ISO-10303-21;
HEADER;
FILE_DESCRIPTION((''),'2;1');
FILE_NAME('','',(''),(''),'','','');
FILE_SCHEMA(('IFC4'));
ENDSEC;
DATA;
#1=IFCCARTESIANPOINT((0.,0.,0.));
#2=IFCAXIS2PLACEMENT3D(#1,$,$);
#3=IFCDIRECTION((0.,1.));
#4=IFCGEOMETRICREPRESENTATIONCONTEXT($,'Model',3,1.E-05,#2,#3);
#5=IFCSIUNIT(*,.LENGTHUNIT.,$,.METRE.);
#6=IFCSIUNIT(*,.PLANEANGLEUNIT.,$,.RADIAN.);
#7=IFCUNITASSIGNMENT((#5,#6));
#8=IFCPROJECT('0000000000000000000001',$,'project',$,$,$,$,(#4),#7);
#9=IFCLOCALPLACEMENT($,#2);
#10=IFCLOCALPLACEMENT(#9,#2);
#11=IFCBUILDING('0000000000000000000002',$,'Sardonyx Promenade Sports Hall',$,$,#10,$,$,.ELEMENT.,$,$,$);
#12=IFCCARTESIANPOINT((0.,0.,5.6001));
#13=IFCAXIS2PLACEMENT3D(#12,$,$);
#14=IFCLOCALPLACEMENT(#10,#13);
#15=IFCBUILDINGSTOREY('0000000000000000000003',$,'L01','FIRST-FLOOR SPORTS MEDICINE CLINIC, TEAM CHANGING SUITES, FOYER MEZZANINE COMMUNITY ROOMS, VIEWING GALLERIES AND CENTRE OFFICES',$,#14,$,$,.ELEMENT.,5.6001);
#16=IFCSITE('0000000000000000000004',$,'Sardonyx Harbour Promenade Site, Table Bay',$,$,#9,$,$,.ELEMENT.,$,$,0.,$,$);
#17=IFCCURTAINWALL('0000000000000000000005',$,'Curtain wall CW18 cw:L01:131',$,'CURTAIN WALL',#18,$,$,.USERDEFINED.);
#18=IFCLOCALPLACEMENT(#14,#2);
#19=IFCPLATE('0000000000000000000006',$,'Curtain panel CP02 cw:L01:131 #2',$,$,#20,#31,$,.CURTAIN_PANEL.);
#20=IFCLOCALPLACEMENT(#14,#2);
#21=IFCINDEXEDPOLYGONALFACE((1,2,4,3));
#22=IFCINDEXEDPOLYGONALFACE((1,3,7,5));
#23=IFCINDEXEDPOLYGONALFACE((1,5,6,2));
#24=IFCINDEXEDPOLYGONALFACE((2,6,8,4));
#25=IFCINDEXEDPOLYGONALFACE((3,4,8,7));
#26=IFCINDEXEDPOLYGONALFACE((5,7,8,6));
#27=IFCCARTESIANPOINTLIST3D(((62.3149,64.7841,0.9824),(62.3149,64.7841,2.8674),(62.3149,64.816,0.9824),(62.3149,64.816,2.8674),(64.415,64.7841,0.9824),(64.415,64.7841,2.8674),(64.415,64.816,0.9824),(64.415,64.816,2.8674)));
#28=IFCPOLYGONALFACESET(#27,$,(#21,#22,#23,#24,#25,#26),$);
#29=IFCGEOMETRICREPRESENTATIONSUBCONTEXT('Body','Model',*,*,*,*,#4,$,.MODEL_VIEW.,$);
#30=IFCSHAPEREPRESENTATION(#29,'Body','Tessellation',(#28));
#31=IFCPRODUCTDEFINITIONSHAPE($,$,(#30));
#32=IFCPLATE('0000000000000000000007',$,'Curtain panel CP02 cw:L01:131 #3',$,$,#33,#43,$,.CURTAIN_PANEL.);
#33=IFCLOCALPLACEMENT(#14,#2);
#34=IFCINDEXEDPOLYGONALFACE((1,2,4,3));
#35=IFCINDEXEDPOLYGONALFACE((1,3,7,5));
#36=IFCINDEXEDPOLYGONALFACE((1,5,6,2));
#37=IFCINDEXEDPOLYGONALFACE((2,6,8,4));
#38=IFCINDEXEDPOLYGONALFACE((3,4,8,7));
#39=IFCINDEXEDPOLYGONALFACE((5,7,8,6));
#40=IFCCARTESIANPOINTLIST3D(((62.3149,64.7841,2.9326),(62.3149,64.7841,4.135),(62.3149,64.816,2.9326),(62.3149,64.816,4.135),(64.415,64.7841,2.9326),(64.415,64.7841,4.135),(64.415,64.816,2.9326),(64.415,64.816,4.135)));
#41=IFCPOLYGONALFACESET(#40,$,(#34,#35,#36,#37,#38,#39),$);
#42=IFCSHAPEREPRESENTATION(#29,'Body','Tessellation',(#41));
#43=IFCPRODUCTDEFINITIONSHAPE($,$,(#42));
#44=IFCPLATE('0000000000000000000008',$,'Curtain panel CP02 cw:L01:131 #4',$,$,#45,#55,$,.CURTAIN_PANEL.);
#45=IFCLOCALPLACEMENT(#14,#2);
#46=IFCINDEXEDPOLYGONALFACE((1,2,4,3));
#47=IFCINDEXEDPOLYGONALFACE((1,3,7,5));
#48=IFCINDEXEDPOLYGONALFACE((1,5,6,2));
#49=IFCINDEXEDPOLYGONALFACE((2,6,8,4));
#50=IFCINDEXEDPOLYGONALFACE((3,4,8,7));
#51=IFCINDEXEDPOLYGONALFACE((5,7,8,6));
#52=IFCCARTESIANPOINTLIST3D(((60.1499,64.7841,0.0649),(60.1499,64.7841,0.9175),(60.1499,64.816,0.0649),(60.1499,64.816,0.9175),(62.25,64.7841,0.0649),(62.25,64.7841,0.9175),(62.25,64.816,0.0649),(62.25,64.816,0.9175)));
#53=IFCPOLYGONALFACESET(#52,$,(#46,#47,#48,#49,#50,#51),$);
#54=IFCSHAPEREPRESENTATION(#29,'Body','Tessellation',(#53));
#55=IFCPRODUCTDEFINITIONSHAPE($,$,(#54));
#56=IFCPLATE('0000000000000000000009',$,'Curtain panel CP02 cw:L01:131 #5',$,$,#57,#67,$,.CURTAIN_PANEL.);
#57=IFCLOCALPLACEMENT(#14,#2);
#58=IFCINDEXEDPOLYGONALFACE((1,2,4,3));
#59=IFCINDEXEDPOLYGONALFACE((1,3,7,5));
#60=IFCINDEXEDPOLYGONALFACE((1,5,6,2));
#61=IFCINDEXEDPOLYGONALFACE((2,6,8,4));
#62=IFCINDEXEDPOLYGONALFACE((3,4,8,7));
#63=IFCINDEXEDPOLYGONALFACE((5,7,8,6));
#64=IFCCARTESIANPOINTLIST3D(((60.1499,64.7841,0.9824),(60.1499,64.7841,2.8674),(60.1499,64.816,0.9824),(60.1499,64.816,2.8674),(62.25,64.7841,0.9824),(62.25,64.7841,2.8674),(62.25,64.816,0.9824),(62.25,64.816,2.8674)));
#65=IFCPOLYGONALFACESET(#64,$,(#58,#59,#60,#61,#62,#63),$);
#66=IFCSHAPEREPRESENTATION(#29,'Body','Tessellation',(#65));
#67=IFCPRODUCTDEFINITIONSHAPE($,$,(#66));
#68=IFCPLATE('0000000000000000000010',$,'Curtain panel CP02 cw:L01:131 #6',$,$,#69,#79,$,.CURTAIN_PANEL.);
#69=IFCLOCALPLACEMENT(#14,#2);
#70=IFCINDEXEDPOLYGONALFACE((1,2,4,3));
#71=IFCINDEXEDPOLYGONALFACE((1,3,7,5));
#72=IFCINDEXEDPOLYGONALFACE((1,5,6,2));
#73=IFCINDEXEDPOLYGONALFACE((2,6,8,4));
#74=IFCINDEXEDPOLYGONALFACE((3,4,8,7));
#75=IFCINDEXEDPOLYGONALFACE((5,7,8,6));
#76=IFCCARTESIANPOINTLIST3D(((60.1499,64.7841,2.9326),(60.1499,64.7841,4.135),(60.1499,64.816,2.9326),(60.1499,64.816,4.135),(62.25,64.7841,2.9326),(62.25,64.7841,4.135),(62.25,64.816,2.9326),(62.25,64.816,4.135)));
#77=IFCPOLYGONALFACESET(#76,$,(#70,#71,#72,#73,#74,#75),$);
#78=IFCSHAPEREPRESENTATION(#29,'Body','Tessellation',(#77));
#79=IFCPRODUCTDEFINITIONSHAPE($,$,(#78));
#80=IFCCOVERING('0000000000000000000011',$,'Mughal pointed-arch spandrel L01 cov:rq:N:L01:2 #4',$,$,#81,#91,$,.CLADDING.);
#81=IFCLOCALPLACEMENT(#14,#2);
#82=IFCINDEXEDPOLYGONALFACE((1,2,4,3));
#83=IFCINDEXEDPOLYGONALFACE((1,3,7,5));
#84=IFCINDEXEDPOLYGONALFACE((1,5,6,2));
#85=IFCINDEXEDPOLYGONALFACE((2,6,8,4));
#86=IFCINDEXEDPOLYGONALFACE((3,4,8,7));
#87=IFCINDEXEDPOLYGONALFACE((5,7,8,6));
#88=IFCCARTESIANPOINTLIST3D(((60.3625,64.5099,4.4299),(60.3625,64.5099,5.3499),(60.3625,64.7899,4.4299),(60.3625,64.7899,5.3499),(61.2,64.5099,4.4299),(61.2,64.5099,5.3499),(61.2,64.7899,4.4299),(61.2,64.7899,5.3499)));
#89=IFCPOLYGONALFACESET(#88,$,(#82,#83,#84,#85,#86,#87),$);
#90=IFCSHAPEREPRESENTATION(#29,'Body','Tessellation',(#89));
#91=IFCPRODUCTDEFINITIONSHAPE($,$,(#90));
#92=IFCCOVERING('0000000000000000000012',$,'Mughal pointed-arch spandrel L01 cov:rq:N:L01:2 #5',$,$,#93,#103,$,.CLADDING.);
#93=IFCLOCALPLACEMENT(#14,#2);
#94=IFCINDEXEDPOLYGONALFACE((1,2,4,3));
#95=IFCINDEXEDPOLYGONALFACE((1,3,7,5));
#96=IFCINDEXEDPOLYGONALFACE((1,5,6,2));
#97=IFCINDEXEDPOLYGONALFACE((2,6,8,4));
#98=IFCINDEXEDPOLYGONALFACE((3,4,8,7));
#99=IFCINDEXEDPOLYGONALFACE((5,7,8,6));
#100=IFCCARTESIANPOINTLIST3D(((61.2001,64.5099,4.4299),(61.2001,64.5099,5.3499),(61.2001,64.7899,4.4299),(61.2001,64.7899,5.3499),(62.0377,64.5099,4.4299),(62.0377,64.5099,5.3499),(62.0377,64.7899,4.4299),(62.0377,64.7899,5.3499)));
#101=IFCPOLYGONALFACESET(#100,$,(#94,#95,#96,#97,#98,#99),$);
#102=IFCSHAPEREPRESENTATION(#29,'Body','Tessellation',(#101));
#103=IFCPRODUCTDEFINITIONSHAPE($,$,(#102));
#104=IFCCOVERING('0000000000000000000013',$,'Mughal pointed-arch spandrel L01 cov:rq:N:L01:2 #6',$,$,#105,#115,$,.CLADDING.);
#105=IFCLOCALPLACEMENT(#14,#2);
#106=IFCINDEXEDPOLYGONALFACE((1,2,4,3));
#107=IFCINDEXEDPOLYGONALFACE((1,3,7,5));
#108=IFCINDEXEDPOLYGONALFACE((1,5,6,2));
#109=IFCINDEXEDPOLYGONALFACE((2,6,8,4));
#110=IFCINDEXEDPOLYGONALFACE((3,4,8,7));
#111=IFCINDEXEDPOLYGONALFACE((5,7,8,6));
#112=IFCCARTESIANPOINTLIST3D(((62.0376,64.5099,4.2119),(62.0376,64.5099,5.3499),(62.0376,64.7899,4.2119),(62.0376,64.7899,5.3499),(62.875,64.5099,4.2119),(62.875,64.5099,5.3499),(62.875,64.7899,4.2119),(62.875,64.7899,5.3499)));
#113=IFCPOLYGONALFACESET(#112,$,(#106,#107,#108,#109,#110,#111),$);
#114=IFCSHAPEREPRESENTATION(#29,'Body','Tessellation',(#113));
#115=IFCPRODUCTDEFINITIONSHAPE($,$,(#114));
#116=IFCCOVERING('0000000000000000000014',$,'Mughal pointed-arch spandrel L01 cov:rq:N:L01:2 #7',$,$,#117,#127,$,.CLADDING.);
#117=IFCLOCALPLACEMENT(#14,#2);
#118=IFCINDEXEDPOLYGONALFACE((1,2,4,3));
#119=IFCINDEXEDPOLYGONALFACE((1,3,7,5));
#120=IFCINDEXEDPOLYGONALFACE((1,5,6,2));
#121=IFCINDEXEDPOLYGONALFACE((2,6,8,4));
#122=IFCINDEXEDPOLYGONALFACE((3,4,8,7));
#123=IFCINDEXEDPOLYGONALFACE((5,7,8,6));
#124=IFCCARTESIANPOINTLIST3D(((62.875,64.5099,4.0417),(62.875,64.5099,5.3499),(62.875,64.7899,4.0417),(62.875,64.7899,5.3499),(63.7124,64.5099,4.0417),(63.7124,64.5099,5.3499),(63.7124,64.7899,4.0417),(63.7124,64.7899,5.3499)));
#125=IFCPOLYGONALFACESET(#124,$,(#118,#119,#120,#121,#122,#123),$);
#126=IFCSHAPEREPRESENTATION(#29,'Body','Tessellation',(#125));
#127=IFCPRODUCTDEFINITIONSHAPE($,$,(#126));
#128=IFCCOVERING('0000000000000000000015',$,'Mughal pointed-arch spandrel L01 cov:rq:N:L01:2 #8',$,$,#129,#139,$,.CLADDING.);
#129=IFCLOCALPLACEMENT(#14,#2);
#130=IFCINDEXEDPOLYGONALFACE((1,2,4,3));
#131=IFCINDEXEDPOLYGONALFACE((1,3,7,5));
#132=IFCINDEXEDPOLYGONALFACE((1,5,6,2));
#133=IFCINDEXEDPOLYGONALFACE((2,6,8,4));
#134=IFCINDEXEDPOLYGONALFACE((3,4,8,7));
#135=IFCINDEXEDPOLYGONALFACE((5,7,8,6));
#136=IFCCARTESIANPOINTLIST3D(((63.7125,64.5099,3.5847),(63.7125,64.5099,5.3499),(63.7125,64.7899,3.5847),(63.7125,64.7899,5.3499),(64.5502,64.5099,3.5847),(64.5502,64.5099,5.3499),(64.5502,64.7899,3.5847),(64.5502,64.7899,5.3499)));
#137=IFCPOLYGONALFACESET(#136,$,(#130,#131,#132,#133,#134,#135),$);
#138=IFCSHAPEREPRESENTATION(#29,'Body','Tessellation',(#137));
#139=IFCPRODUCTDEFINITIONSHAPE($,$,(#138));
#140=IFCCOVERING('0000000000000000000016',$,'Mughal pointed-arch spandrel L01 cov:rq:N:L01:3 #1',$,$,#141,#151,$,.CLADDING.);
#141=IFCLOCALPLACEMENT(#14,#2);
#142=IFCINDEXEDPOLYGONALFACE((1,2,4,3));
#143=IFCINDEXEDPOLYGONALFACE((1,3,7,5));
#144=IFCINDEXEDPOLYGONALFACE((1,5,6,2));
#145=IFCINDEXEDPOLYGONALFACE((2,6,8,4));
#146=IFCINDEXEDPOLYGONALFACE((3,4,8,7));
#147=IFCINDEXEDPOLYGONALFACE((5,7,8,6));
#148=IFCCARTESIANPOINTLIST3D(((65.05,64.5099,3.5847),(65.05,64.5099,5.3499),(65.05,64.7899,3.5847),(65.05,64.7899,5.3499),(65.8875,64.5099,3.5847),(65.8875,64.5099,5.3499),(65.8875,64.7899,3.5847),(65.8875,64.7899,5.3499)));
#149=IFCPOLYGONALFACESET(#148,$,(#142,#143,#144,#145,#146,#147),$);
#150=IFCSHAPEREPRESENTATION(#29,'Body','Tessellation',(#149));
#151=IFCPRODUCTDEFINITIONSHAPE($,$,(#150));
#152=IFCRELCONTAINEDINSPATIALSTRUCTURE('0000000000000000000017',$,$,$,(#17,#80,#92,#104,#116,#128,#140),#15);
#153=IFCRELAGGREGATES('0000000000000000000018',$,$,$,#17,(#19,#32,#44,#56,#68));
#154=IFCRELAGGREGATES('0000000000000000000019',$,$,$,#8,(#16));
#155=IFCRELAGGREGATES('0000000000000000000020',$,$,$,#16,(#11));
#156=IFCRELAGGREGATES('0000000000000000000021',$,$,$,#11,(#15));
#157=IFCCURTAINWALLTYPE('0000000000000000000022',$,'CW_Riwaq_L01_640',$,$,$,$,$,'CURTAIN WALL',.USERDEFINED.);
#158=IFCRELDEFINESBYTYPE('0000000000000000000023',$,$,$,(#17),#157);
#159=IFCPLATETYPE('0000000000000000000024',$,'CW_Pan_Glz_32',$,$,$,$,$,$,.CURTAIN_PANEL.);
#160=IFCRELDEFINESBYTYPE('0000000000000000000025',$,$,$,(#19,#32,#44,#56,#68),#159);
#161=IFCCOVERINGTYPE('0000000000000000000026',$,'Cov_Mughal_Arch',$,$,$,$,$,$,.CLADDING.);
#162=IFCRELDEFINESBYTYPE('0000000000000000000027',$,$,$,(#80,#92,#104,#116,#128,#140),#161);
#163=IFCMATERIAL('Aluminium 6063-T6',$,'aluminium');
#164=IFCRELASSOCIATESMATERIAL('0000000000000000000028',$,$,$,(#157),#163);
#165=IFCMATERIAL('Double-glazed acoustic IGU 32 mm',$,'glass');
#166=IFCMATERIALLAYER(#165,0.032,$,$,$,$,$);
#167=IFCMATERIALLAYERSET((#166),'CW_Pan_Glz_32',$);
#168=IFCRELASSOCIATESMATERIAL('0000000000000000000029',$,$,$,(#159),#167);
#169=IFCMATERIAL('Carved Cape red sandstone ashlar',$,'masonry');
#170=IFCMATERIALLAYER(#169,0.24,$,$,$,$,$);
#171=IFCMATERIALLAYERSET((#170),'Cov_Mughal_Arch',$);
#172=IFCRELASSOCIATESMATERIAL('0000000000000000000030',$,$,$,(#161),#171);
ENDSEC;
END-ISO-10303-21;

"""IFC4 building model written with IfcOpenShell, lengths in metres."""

from ifc_helpers import new_model, si_unit, direction, frame, frame_2d, origin, origin_2d, place, context, subcontext, project, spatial, rectangle, extrude, material, layer, layer_set, type_object, element, aggregate, save


model = new_model("IFC4")

# Units and contexts
model_context = context("Model", 3, precision=1e-05, world=origin(), true_north=direction((0.0, 1.0)))
body_context = subcontext(model_context, "Body", "Model", "MODEL_VIEW")
ifc_project = project(units=[si_unit("LENGTHUNIT", "METRE"), si_unit("PLANEANGLEUNIT", "RADIAN")], contexts=[model_context])

# Site, building, storey
site_placement = place(None, origin())
site = spatial("IfcSite", under=ifc_project, at=site_placement, Name="Sardonyx Harbour Promenade Site, Table Bay", CompositionType="ELEMENT", RefElevation=0.0)
building_placement = place(site_placement, origin())
building = spatial("IfcBuilding", under=site, at=building_placement, Name="Sardonyx Promenade Sports Hall", CompositionType="ELEMENT")
storey_placement = place(building_placement, frame((0.0, 0.0, 5.6001)))
storey = spatial("IfcBuildingStorey", under=building, at=storey_placement, Name="L01", Description="FIRST-FLOOR SPORTS MEDICINE CLINIC, TEAM CHANGING SUITES, FOYER MEZZANINE COMMUNITY ROOMS, VIEWING GALLERIES AND CENTRE OFFICES", CompositionType="ELEMENT", Elevation=5.6001)

# Curtain wall
ifc_material_1 = material(Name="Aluminium 6063-T6", Category="aluminium")
curtain_wall_type = type_object("IfcCurtainWallType", Name="CW_Riwaq_L01_640", ElementType="CURTAIN WALL", PredefinedType="USERDEFINED", material=ifc_material_1)
curtain_wall_1_placement = place(storey_placement, origin())
curtain_wall_1 = element("IfcCurtainWall", 1, at=curtain_wall_1_placement, inside=storey, type_object=curtain_wall_type, Name="Curtain wall CW18 cw:L01:131", ObjectType="CURTAIN WALL", PredefinedType="USERDEFINED")

# Plates
ifc_material_2 = material(Name="Double-glazed acoustic IGU 32 mm", Category="glass")
ifc_layer_1 = layer(ifc_material_2, 0.032)
ifc_layer_set_1 = layer_set([ifc_layer_1], Name="CW_Pan_Glz_32")
plate_type = type_object("IfcPlateType", Name="CW_Pan_Glz_32", PredefinedType="CURTAIN_PANEL", material=ifc_layer_set_1)
plate_1_placement = place(storey_placement, frame((63.365, 64.8, 0.9824), z_axis=(0.0, 0.0, 1.0), x_axis=(-1.0, 0.0, 0.0)))
plate_1 = element("IfcPlate", 2, at=plate_1_placement, type_object=plate_type, Name="Curtain panel CP02 cw:L01:131 #2", PredefinedType="CURTAIN_PANEL", context=body_context, shape_type="SweptSolid", body=[
    extrude(rectangle(XDim=2.1001, YDim=0.032, at=origin_2d()), origin(), (0.0, 0.0, 1.0), 1.885),
])
plate_2_placement = place(storey_placement, frame((63.365, 64.8, 2.9326), z_axis=(0.0, 0.0, 1.0), x_axis=(-1.0, 0.0, 0.0)))
plate_2 = element("IfcPlate", 3, at=plate_2_placement, type_object=plate_type, Name="Curtain panel CP02 cw:L01:131 #3", PredefinedType="CURTAIN_PANEL", context=body_context, shape_type="SweptSolid", body=[
    extrude(rectangle(XDim=2.1001, YDim=0.032, at=origin_2d()), origin(), (0.0, 0.0, 1.0), 1.2024),
])
plate_3_placement = place(storey_placement, frame((61.2, 64.8, 0.0649), z_axis=(0.0, 0.0, 1.0), x_axis=(-1.0, 0.0, 0.0)))
plate_3 = element("IfcPlate", 4, at=plate_3_placement, type_object=plate_type, Name="Curtain panel CP02 cw:L01:131 #4", PredefinedType="CURTAIN_PANEL", context=body_context, shape_type="SweptSolid", body=[
    extrude(rectangle(XDim=2.1001, YDim=0.032, at=origin_2d()), origin(), (0.0, 0.0, 1.0), 0.8525),
])
plate_4_placement = place(storey_placement, frame((61.2, 64.8, 0.9824), z_axis=(0.0, 0.0, 1.0), x_axis=(-1.0, 0.0, 0.0)))
plate_4 = element("IfcPlate", 5, at=plate_4_placement, type_object=plate_type, Name="Curtain panel CP02 cw:L01:131 #5", PredefinedType="CURTAIN_PANEL", context=body_context, shape_type="SweptSolid", body=[
    extrude(rectangle(XDim=2.1001, YDim=0.032, at=origin_2d()), origin(), (0.0, 0.0, 1.0), 1.885),
])
plate_5_placement = place(storey_placement, frame((61.2, 64.8, 2.9326), z_axis=(0.0, 0.0, 1.0), x_axis=(-1.0, 0.0, 0.0)))
plate_5 = element("IfcPlate", 6, at=plate_5_placement, type_object=plate_type, Name="Curtain panel CP02 cw:L01:131 #6", PredefinedType="CURTAIN_PANEL", context=body_context, shape_type="SweptSolid", body=[
    extrude(rectangle(XDim=2.1001, YDim=0.032, at=origin_2d()), origin(), (0.0, 0.0, 1.0), 1.2024),
])
aggregate(curtain_wall_1, [plate_1, plate_2, plate_3, plate_4, plate_5])

# Coverings
ifc_material_3 = material(Name="Carved Cape red sandstone ashlar", Category="masonry")
ifc_layer_2 = layer(ifc_material_3, 0.24)
ifc_layer_set_2 = layer_set([ifc_layer_2], Name="Cov_Mughal_Arch")
covering_type = type_object("IfcCoveringType", Name="Cov_Mughal_Arch", PredefinedType="CLADDING", material=ifc_layer_set_2)
covering_1_placement = place(storey_placement, frame((60.3625, 64.6499, 4.4299), z_axis=(0.0, 0.0, 1.0), x_axis=(1.0, 0.0, 0.0)))
element("IfcCovering", 7, at=covering_1_placement, inside=storey, type_object=covering_type, Name="Mughal pointed-arch spandrel L01 cov:rq:N:L01:2 #4", PredefinedType="CLADDING", context=body_context, shape_type="SweptSolid", body=[
    extrude(rectangle(XDim=0.8374, YDim=0.28, at=frame_2d((0.4187, 0.0))), origin(), (0.0, 0.0, 1.0), 0.9199),
])
covering_2_placement = place(storey_placement, frame((61.2, 64.6499, 4.4299), z_axis=(0.0, 0.0, 1.0), x_axis=(1.0, 0.0, 0.0)))
element("IfcCovering", 8, at=covering_2_placement, inside=storey, type_object=covering_type, Name="Mughal pointed-arch spandrel L01 cov:rq:N:L01:2 #5", PredefinedType="CLADDING", context=body_context, shape_type="SweptSolid", body=[
    extrude(rectangle(XDim=0.8376, YDim=0.28, at=frame_2d((0.4189, 0.0))), origin(), (0.0, 0.0, 1.0), 0.9199),
])
covering_3_placement = place(storey_placement, frame((62.0376, 64.6499, 4.2119), z_axis=(0.0, 0.0, 1.0), x_axis=(1.0, 0.0, 0.0)))
element("IfcCovering", 9, at=covering_3_placement, inside=storey, type_object=covering_type, Name="Mughal pointed-arch spandrel L01 cov:rq:N:L01:2 #6", PredefinedType="CLADDING", context=body_context, shape_type="SweptSolid", body=[
    extrude(rectangle(XDim=0.8374, YDim=0.28, at=frame_2d((0.4187, 0.0))), origin(), (0.0, 0.0, 1.0), 1.1379),
])
covering_4_placement = place(storey_placement, frame((62.875, 64.6499, 4.0417), z_axis=(0.0, 0.0, 1.0), x_axis=(1.0, 0.0, 0.0)))
element("IfcCovering", 10, at=covering_4_placement, inside=storey, type_object=covering_type, Name="Mughal pointed-arch spandrel L01 cov:rq:N:L01:2 #7", PredefinedType="CLADDING", context=body_context, shape_type="SweptSolid", body=[
    extrude(rectangle(XDim=0.8374, YDim=0.28, at=frame_2d((0.4187, 0.0))), origin(), (0.0, 0.0, 1.0), 1.3081),
])
covering_5_placement = place(storey_placement, frame((63.7124, 64.6499, 3.5847), z_axis=(0.0, 0.0, 1.0), x_axis=(1.0, 0.0, 0.0)))
element("IfcCovering", 11, at=covering_5_placement, inside=storey, type_object=covering_type, Name="Mughal pointed-arch spandrel L01 cov:rq:N:L01:2 #8", PredefinedType="CLADDING", context=body_context, shape_type="SweptSolid", body=[
    extrude(rectangle(XDim=0.8376, YDim=0.28, at=frame_2d((0.4189, 0.0))), origin(), (0.0, 0.0, 1.0), 1.7651),
])
covering_6_placement = place(storey_placement, frame((65.05, 64.6499, 3.5847), z_axis=(0.0, 0.0, 1.0), x_axis=(1.0, 0.0, 0.0)))
element("IfcCovering", 12, at=covering_6_placement, inside=storey, type_object=covering_type, Name="Mughal pointed-arch spandrel L01 cov:rq:N:L01:3 #1", PredefinedType="CLADDING", context=body_context, shape_type="SweptSolid", body=[
    extrude(rectangle(XDim=0.8374, YDim=0.28, at=frame_2d((0.4187, 0.0))), origin(), (0.0, 0.0, 1.0), 1.7651),
])

save(model, "model.ifc")
